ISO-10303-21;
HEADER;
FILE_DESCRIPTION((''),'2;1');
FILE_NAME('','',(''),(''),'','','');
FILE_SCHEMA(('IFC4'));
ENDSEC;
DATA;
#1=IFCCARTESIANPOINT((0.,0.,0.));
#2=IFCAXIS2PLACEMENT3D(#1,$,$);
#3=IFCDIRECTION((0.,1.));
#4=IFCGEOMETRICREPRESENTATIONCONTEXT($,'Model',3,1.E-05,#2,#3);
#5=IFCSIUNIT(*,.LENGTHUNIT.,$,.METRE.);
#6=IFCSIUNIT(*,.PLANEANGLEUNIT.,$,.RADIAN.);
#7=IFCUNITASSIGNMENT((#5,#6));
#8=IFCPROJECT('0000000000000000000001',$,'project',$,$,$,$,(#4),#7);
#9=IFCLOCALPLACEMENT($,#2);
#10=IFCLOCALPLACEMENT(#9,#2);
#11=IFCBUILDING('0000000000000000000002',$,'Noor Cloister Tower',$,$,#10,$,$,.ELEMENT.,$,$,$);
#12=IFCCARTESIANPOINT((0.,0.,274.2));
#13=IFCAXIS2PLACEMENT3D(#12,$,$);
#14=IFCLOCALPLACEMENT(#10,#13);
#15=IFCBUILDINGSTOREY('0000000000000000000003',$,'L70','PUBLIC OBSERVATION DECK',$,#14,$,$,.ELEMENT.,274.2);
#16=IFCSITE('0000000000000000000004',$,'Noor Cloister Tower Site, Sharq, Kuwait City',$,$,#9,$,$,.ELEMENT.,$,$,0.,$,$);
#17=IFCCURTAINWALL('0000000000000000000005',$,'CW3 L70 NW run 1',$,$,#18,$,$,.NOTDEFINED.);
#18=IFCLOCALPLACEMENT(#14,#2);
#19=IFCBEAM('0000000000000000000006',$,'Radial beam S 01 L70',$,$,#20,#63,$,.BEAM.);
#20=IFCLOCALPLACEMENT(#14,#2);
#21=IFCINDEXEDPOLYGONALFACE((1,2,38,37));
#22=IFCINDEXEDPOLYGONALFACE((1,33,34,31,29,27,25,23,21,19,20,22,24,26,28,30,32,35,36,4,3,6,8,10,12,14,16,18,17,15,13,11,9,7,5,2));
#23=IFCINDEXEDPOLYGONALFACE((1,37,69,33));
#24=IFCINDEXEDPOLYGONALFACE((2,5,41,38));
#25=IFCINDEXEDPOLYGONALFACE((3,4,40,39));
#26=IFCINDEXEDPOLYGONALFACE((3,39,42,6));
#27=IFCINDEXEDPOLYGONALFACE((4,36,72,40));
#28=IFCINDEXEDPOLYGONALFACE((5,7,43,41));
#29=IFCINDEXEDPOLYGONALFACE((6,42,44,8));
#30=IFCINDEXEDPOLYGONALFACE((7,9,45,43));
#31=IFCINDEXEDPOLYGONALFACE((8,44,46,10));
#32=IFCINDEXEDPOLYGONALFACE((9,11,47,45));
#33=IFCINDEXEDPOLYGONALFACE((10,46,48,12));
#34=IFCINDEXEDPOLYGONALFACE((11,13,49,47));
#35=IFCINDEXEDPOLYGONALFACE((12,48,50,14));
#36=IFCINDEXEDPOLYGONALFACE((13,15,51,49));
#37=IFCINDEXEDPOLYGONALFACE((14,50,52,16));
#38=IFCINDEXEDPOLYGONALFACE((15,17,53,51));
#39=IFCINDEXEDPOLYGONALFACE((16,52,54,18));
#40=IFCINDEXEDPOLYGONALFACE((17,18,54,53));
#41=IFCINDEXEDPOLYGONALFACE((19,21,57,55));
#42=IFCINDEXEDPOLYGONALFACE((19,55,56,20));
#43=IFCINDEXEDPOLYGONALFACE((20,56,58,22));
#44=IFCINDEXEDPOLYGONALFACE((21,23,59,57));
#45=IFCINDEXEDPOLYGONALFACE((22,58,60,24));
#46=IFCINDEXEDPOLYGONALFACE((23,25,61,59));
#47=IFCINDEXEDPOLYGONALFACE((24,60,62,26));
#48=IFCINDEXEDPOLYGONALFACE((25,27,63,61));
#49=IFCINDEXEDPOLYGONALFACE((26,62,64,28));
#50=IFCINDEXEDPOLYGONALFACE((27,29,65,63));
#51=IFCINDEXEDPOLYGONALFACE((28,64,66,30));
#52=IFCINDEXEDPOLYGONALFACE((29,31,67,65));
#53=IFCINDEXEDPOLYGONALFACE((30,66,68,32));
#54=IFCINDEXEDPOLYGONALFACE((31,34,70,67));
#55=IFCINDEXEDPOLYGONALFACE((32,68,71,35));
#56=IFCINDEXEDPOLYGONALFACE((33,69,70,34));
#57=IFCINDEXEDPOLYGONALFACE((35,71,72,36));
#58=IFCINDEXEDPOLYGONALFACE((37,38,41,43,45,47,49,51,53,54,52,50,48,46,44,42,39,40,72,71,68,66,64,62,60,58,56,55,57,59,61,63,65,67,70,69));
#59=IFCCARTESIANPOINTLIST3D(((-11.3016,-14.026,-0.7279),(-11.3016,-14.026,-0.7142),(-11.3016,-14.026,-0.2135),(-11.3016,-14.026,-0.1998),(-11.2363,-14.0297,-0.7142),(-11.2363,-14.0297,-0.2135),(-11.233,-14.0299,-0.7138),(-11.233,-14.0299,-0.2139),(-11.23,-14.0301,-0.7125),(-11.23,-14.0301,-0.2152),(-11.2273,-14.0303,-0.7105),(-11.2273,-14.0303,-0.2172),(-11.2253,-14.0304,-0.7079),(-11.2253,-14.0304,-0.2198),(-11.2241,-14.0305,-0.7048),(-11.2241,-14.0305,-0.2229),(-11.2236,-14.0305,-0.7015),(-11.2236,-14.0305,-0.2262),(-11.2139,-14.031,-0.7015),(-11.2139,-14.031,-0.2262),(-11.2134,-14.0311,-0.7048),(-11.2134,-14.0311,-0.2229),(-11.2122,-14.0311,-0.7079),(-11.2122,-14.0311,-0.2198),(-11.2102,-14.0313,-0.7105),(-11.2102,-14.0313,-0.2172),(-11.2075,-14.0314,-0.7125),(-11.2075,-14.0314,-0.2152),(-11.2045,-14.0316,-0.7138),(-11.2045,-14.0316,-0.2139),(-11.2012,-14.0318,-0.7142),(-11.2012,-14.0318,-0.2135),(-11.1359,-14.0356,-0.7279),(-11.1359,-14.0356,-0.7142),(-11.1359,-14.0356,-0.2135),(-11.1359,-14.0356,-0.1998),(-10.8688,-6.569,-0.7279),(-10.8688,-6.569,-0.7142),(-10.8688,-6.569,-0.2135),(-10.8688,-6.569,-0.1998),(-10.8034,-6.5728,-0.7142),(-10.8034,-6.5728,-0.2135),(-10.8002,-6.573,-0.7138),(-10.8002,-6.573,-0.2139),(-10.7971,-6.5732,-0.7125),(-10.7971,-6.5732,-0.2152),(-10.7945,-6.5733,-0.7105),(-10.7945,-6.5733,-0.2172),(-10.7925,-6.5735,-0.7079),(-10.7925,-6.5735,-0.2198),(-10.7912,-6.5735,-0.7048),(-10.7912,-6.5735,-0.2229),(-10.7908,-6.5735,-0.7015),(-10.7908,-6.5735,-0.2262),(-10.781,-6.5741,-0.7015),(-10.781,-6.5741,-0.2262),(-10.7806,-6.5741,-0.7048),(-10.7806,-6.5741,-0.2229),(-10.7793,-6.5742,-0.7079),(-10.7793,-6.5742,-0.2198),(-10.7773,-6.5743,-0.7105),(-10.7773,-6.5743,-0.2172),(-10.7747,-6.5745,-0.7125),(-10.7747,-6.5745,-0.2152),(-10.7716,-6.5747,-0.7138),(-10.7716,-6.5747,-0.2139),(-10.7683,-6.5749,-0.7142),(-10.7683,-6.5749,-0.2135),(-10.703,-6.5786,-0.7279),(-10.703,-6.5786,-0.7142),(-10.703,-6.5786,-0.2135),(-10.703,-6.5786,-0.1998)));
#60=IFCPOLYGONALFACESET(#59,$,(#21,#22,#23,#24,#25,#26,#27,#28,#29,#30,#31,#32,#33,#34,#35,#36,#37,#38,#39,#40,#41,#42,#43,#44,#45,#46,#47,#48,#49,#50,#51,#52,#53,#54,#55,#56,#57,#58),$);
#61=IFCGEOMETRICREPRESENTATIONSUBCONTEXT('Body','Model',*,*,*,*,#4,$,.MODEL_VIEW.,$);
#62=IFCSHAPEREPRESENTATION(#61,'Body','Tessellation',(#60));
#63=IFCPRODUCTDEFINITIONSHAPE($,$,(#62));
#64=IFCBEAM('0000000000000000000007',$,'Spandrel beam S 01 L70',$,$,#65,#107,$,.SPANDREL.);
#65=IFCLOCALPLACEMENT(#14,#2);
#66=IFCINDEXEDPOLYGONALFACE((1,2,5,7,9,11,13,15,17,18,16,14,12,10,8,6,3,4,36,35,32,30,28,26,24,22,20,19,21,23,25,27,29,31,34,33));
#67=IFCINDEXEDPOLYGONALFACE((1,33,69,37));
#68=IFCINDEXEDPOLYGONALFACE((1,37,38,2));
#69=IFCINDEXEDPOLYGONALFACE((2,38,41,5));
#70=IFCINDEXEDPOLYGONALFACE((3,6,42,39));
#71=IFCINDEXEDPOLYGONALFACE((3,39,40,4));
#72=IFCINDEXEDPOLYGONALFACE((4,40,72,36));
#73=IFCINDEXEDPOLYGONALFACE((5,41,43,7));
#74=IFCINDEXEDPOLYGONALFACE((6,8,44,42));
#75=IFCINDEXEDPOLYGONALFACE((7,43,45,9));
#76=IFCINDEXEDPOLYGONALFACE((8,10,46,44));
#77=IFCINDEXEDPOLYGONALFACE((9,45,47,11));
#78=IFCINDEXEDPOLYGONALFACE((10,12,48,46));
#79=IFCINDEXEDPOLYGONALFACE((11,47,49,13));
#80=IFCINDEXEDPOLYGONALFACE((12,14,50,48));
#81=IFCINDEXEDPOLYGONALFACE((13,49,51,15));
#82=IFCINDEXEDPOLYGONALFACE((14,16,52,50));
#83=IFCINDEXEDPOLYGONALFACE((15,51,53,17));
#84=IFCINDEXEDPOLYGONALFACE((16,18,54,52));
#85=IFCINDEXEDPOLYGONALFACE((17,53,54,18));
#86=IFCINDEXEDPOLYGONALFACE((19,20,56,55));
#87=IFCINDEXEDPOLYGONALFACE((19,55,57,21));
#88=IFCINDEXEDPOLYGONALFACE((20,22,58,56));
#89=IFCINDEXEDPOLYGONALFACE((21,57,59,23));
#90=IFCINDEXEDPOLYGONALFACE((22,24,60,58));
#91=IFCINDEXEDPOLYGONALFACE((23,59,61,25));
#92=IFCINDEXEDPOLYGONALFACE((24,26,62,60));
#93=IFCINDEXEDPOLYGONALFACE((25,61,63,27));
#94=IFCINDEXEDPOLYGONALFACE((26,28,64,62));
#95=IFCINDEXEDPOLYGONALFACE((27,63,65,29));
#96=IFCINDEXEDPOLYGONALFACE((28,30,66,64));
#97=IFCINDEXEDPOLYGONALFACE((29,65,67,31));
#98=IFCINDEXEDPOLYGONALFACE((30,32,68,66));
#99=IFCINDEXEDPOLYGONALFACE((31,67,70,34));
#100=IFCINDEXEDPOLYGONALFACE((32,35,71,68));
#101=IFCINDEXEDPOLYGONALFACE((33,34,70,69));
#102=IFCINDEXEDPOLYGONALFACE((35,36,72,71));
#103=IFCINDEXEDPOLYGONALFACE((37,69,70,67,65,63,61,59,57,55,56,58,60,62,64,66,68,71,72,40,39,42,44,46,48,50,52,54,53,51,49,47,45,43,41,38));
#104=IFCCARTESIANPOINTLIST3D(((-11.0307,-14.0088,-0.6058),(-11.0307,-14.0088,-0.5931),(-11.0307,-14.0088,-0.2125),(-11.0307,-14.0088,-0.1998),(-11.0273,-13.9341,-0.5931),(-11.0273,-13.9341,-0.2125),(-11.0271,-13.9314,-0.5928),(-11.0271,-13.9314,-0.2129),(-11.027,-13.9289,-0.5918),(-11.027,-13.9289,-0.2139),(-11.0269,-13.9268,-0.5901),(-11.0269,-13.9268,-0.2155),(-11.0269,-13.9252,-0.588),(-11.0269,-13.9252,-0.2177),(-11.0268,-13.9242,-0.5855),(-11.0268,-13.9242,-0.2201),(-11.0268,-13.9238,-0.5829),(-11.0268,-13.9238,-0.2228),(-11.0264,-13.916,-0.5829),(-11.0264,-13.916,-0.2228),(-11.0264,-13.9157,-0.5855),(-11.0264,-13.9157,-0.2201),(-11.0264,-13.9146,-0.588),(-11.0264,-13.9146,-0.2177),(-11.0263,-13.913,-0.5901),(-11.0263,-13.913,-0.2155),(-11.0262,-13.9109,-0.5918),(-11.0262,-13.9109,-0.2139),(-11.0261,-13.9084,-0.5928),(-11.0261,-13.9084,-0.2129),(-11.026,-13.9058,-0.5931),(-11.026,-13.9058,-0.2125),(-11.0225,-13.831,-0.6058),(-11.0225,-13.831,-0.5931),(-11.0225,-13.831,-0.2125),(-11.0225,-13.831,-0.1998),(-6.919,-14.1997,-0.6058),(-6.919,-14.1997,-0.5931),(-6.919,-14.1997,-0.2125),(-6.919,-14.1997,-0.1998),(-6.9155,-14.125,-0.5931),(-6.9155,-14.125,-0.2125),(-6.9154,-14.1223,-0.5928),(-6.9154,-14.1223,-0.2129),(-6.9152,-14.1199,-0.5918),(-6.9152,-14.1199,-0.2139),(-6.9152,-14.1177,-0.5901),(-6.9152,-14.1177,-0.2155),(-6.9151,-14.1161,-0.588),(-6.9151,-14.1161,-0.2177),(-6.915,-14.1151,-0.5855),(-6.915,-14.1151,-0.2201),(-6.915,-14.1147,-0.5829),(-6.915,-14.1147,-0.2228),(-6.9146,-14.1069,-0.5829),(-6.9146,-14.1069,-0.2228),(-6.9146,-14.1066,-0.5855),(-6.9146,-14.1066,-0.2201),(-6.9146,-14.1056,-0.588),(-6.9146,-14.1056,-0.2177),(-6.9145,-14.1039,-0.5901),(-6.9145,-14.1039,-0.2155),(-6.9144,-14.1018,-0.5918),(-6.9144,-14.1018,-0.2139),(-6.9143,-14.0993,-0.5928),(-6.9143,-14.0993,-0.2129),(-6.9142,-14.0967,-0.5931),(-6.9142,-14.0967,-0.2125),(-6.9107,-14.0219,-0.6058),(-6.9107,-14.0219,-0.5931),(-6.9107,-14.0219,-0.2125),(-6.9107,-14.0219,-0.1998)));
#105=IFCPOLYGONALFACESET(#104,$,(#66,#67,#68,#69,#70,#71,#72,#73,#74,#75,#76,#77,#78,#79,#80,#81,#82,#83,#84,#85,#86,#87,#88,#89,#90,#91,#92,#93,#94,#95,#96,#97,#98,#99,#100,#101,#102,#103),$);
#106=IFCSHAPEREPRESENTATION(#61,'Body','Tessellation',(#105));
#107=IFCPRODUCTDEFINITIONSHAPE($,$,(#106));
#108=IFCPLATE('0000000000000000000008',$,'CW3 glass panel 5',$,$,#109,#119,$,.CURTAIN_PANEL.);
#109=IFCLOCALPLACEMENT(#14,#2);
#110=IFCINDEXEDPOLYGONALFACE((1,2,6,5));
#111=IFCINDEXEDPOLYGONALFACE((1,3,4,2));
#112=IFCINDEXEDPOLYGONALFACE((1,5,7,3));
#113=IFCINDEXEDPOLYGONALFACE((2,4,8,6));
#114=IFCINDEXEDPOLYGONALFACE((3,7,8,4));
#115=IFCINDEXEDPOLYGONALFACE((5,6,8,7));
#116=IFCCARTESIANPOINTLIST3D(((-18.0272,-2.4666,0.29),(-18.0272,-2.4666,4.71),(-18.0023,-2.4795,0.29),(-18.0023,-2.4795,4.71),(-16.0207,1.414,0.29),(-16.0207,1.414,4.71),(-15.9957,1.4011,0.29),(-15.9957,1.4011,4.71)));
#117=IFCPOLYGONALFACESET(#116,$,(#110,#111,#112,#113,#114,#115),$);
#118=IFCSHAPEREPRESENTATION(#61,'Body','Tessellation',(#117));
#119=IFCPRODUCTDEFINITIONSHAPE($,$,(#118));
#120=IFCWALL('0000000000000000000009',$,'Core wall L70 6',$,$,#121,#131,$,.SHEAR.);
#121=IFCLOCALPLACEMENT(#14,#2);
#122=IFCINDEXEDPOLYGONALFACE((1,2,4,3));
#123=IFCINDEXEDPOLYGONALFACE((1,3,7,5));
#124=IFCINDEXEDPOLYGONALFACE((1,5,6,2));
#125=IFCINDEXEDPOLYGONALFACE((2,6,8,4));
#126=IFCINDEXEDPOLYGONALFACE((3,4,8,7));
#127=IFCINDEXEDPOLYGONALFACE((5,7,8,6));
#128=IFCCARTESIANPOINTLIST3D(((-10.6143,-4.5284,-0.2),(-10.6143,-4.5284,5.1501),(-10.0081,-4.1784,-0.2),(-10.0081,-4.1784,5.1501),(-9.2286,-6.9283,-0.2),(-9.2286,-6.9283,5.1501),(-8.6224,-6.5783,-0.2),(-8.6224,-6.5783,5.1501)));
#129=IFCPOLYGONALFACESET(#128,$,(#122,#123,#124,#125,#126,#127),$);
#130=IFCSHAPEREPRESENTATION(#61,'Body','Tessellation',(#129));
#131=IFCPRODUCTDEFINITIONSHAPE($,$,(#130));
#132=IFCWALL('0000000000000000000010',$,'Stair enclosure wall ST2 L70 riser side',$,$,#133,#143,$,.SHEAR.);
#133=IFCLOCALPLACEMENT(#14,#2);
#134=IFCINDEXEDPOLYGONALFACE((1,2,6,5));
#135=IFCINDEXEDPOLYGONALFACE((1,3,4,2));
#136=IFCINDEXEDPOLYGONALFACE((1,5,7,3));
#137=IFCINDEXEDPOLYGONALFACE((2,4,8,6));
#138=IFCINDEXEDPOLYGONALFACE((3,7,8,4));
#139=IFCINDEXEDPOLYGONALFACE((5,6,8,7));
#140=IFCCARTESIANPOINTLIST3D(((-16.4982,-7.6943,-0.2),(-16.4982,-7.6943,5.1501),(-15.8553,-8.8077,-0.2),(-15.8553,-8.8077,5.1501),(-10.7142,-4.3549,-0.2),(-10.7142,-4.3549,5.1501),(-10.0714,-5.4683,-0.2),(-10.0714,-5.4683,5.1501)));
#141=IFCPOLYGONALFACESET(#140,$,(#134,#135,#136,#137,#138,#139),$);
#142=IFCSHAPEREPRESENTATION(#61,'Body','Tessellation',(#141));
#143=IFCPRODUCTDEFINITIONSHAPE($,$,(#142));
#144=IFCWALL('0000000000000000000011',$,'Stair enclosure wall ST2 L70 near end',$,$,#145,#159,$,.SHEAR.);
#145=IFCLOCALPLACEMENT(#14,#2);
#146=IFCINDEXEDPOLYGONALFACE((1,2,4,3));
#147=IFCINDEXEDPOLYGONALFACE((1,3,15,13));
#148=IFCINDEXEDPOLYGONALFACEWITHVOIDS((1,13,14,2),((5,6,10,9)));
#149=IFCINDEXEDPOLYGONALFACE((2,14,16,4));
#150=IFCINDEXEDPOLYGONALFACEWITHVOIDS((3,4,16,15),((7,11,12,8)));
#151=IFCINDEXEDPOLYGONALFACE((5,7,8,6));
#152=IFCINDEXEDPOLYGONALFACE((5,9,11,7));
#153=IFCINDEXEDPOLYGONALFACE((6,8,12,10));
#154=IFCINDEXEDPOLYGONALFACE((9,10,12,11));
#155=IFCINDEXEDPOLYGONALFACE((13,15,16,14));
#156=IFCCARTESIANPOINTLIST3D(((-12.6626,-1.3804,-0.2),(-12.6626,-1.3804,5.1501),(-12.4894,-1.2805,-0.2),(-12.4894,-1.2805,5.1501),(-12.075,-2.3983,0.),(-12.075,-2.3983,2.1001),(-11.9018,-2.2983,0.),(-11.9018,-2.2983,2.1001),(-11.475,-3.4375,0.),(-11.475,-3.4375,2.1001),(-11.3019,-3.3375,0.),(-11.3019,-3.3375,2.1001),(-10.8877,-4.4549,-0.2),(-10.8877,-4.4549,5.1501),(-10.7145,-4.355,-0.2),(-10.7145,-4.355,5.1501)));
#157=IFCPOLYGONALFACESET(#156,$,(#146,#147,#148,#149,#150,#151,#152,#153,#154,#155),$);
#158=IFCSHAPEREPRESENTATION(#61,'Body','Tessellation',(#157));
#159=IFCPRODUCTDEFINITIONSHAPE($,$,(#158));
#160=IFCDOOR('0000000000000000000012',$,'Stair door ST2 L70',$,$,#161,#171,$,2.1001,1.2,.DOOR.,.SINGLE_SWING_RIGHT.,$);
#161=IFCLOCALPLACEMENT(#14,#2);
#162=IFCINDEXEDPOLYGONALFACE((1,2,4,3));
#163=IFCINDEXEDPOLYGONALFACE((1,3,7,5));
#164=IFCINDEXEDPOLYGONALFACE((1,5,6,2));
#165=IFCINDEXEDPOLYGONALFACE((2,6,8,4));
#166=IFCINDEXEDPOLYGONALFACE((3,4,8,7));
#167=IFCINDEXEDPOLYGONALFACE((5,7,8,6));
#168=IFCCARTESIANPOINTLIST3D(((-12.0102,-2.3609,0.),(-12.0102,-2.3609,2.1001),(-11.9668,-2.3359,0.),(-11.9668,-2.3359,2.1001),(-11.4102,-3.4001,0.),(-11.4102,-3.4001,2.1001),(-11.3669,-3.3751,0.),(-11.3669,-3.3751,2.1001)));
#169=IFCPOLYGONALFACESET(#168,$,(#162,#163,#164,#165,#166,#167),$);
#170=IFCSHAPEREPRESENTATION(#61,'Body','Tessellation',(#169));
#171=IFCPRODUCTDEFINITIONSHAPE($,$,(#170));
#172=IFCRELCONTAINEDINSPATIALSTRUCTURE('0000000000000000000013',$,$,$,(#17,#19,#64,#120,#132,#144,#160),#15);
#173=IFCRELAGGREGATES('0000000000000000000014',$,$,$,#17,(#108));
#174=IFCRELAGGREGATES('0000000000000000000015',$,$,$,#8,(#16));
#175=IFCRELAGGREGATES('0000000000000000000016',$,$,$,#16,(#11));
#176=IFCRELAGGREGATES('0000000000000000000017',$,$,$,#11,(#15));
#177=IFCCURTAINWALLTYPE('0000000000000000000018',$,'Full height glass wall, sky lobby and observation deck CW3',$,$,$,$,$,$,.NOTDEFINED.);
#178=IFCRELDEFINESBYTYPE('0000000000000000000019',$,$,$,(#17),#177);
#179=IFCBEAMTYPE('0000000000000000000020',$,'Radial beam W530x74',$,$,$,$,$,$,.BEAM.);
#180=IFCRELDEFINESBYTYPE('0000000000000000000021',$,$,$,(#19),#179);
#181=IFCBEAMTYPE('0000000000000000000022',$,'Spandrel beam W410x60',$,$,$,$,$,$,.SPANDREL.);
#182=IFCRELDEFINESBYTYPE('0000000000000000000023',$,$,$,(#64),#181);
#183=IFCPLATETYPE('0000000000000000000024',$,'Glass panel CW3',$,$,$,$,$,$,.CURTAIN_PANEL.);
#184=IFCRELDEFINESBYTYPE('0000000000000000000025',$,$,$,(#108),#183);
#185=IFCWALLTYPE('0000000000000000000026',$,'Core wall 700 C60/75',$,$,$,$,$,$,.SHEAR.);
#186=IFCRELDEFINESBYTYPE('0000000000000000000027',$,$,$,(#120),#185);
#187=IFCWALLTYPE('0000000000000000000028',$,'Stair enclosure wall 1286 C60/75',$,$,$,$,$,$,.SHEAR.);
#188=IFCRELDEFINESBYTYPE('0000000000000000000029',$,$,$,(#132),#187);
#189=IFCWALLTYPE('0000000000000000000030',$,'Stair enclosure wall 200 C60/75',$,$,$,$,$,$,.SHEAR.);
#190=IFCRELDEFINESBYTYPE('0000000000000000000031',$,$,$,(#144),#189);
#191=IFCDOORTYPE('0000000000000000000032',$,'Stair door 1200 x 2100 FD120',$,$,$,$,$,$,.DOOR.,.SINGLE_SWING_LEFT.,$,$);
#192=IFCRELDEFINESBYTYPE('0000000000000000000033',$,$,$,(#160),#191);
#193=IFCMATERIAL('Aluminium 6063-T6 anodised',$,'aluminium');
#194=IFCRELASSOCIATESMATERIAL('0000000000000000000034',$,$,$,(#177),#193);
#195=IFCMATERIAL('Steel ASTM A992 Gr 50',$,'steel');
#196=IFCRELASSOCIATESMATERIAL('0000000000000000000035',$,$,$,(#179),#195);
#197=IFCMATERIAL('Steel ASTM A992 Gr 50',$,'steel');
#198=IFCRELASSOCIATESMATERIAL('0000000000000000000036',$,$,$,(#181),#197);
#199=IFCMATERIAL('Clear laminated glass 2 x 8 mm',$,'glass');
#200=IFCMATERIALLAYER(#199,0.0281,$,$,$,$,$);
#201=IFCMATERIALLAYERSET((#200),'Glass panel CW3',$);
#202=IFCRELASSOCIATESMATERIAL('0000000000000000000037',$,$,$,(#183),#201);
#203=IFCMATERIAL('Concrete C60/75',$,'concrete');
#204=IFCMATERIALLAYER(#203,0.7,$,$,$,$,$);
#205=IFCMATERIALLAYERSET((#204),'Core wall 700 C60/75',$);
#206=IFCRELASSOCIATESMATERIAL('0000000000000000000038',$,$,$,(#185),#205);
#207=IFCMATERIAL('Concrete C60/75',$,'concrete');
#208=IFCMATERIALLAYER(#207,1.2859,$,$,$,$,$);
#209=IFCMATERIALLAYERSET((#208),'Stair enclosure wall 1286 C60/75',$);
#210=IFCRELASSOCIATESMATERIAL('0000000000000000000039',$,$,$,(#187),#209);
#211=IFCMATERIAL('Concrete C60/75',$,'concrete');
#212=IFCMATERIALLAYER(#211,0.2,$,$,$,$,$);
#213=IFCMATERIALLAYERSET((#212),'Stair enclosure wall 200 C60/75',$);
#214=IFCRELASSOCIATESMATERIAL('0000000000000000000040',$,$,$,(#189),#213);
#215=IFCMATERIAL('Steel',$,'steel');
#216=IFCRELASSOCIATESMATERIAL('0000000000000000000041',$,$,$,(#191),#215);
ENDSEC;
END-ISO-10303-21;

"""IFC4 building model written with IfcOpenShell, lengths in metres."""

from ifc_helpers import new_model, si_unit, direction, frame, frame_2d, origin, origin_2d, place, context, subcontext, project, spatial, rectangle, i_section, extrude, material, layer, layer_set, material_profile, profile_set, type_object, element, fill, aggregate, save


model = new_model("IFC4")

# Units and contexts
model_context = context("Model", 3, precision=1e-05, world=origin(), true_north=direction((0.0, 1.0)))
body_context = subcontext(model_context, "Body", "Model", "MODEL_VIEW")
ifc_project = project(units=[si_unit("LENGTHUNIT", "METRE"), si_unit("PLANEANGLEUNIT", "RADIAN")], contexts=[model_context])

# Site, building, storey
site_placement = place(None, origin())
site = spatial("IfcSite", under=ifc_project, at=site_placement, Name="Noor Cloister Tower Site, Sharq, Kuwait City", CompositionType="ELEMENT", RefElevation=0.0)
building_placement = place(site_placement, origin())
building = spatial("IfcBuilding", under=site, at=building_placement, Name="Noor Cloister Tower", CompositionType="ELEMENT")
storey_placement = place(building_placement, frame((0.0, 0.0, 274.2)))
storey = spatial("IfcBuildingStorey", under=building, at=storey_placement, Name="L70", Description="PUBLIC OBSERVATION DECK", CompositionType="ELEMENT", Elevation=274.2)

# Curtain wall
ifc_material_1 = material(Name="Aluminium 6063-T6 anodised", Category="aluminium")
curtain_wall_type = type_object("IfcCurtainWallType", Name="Full height glass wall, sky lobby and observation deck CW3", PredefinedType="NOTDEFINED", material=ifc_material_1)
curtain_wall_1_placement = place(storey_placement, origin())
curtain_wall_1 = element("IfcCurtainWall", 1, at=curtain_wall_1_placement, inside=storey, type_object=curtain_wall_type, Name="CW3 L70 NW run 1", PredefinedType="NOTDEFINED")

# Beams
ifc_material_2 = material(Name="Steel ASTM A992 Gr 50", Category="steel")
ifc_material_profile_1 = material_profile(ifc_material_2, i_section(OverallWidth=0.166, OverallDepth=0.5281, WebThickness=0.0098, FlangeThickness=0.0137, FilletRadius=0.0127, at=origin_2d()), Name="W530x74")
ifc_profile_set_1 = profile_set([ifc_material_profile_1], Name="Steel ASTM A992 Gr 50")
beam_type_1 = type_object("IfcBeamType", Name="Radial beam W530x74", PredefinedType="BEAM", material=ifc_profile_set_1)
beam_1_placement = place(storey_placement, frame((-11.2188, -14.0308, -0.4639), z_axis=(0.05795, 0.998319, 0.0), x_axis=(-0.998319, 0.05795, 0.0)))
element("IfcBeam", 2, at=beam_1_placement, inside=storey, type_object=beam_type_1, Name="Radial beam S 01 L70", PredefinedType="BEAM", context=body_context, shape_type="SweptSolid", body=[
    extrude(i_section(OverallWidth=0.166, OverallDepth=0.5281, WebThickness=0.0098, FlangeThickness=0.0137, FilletRadius=0.0127, at=origin_2d()), origin(), (0.0, 0.0, 1.0), 7.4695),
])
ifc_material_3 = material(Name="Steel ASTM A992 Gr 50", Category="steel")
ifc_material_profile_2 = material_profile(ifc_material_3, i_section(OverallWidth=0.178, OverallDepth=0.406, WebThickness=0.0078, FlangeThickness=0.0127, FilletRadius=0.0103, at=origin_2d()), Name="W410x60")
ifc_profile_set_2 = profile_set([ifc_material_profile_2], Name="Steel ASTM A992 Gr 50")
beam_type_2 = type_object("IfcBeamType", Name="Spandrel beam W410x60", PredefinedType="SPANDREL", material=ifc_profile_set_2)
beam_2_placement = place(storey_placement, frame((-11.0266, -13.9199, -0.4028), z_axis=(0.998924, -0.046382, 0.0), x_axis=(0.046382, 0.998924, 0.0)))
element("IfcBeam", 3, at=beam_2_placement, inside=storey, type_object=beam_type_2, Name="Spandrel beam S 01 L70", PredefinedType="SPANDREL", context=body_context, shape_type="SweptSolid", body=[
    extrude(i_section(OverallWidth=0.178, OverallDepth=0.406, WebThickness=0.0078, FlangeThickness=0.0127, FilletRadius=0.0103, at=origin_2d()), origin(), (0.0, 0.0, 1.0), 4.1162),
])

# Plate
ifc_material_4 = material(Name="Clear laminated glass 2 x 8 mm", Category="glass")
ifc_layer_1 = layer(ifc_material_4, 0.0281)
ifc_layer_set_1 = layer_set([ifc_layer_1], Name="Glass panel CW3")
plate_type = type_object("IfcPlateType", Name="Glass panel CW3", PredefinedType="CURTAIN_PANEL", material=ifc_layer_set_1)
plate_placement = place(storey_placement, frame((-17.0115, -0.5327, 0.29), z_axis=(0.0, 0.0, 1.0), x_axis=(-0.459306, -0.888278, 0.0)))
plate = element("IfcPlate", 4, at=plate_placement, type_object=plate_type, Name="CW3 glass panel 5", PredefinedType="CURTAIN_PANEL", context=body_context, shape_type="SweptSolid", body=[
    extrude(rectangle(XDim=4.3687, YDim=0.0281, at=origin_2d()), origin(), (0.0, 0.0, 1.0), 4.4199),
])
aggregate(curtain_wall_1, [plate])

# Walls
ifc_material_5 = material(Name="Concrete C60/75", Category="concrete")
ifc_layer_2 = layer(ifc_material_5, 0.7)
ifc_layer_set_2 = layer_set([ifc_layer_2], Name="Core wall 700 C60/75")
wall_type_1 = type_object("IfcWallType", Name="Core wall 700 C60/75", PredefinedType="SHEAR", material=ifc_layer_set_2)
wall_1_placement = place(storey_placement, frame((-10.3113, -4.3533, -0.2), z_axis=(0.0, 0.0, 1.0), x_axis=(0.500043, -0.866001, 0.0)))
element("IfcWall", 5, at=wall_1_placement, inside=storey, type_object=wall_type_1, Name="Core wall L70 6", PredefinedType="SHEAR", context=body_context, shape_type="SweptSolid", body=[
    extrude(rectangle(XDim=2.7712, YDim=0.7, at=frame_2d((1.3857, 0.0))), origin(), (0.0, 0.0, 1.0), 5.3501),
])
ifc_material_6 = material(Name="Concrete C60/75", Category="concrete")
ifc_layer_3 = layer(ifc_material_6, 1.2859)
ifc_layer_set_3 = layer_set([ifc_layer_3], Name="Stair enclosure wall 1286 C60/75")
wall_type_2 = type_object("IfcWallType", Name="Stair enclosure wall 1286 C60/75", PredefinedType="SHEAR", material=ifc_layer_set_3)
wall_2_placement = place(storey_placement, frame((-10.3928, -4.9116, -0.2), z_axis=(0.0, 0.0, 1.0), x_axis=(-0.866025, -0.5, 0.0)))
element("IfcWall", 6, at=wall_2_placement, inside=storey, type_object=wall_type_2, Name="Stair enclosure wall ST2 L70 riser side", PredefinedType="SHEAR", context=body_context, shape_type="SweptSolid", body=[
    extrude(rectangle(XDim=6.6787, YDim=1.2856, at=frame_2d((3.3394, 0.0))), origin(), (0.0, 0.0, 1.0), 5.3501),
])

# Wall, opening, door
ifc_material_7 = material(Name="Concrete C60/75", Category="concrete")
ifc_layer_4 = layer(ifc_material_7, 0.2)
ifc_layer_set_4 = layer_set([ifc_layer_4], Name="Stair enclosure wall 200 C60/75")
wall_type_3 = type_object("IfcWallType", Name="Stair enclosure wall 200 C60/75", PredefinedType="SHEAR", material=ifc_layer_set_4)
wall_3_placement = place(storey_placement, frame((-12.5759, -1.3306, -0.2), z_axis=(0.0, 0.0, 1.0), x_axis=(0.49997, -0.866042, 0.0)))
wall_3 = element("IfcWall", 7, at=wall_3_placement, inside=storey, type_object=wall_type_3, Name="Stair enclosure wall ST2 L70 near end", PredefinedType="SHEAR", context=body_context, shape_type="SweptSolid", body=[
    extrude(rectangle(XDim=3.55, YDim=0.2, at=frame_2d((1.7749, 0.0))), origin(), (0.0, 0.0, 1.0), 5.3501),
])
opening_1_placement = place(wall_3_placement, frame((1.175, 0.0, 0.2)))
opening_1 = element("IfcOpeningElement", 8, at=opening_1_placement, cuts=wall_3, PredefinedType="OPENING", context=body_context, shape_type="SweptSolid", body=[
    extrude(rectangle(XDim=1.2, YDim=2.1001, at=frame_2d((0.6001, 1.05))), frame((0.0, 0.1099, 0.0), z_axis=(0.0, -1.0, 0.0), x_axis=(1.0, 0.0, 0.0)), (0.0, 0.0, 1.0), 0.22),
])
ifc_material_8 = material(Name="Steel", Category="steel")
door_type_1 = type_object("IfcDoorType", Name="Stair door 1200 x 2100 FD120", OperationType="SINGLE_SWING_LEFT", PredefinedType="DOOR", material=ifc_material_8)
door_1_placement = place(opening_1_placement, origin())
door_1 = element("IfcDoor", 9, at=door_1_placement, inside=storey, type_object=door_type_1, Name="Stair door ST2 L70", OperationType="SINGLE_SWING_RIGHT", OverallHeight=2.1001, OverallWidth=1.2, PredefinedType="DOOR", context=body_context, shape_type="SweptSolid", body=[
    extrude(rectangle(XDim=1.2, YDim=2.1001, at=frame_2d((0.6001, 1.05))), frame((0.0, 0.0249, 0.0), z_axis=(0.0, -1.0, 0.0), x_axis=(1.0, 0.0, 0.0)), (0.0, 0.0, 1.0), 0.05),
])
fill(opening_1, door_1)

save(model, "model.ifc")
